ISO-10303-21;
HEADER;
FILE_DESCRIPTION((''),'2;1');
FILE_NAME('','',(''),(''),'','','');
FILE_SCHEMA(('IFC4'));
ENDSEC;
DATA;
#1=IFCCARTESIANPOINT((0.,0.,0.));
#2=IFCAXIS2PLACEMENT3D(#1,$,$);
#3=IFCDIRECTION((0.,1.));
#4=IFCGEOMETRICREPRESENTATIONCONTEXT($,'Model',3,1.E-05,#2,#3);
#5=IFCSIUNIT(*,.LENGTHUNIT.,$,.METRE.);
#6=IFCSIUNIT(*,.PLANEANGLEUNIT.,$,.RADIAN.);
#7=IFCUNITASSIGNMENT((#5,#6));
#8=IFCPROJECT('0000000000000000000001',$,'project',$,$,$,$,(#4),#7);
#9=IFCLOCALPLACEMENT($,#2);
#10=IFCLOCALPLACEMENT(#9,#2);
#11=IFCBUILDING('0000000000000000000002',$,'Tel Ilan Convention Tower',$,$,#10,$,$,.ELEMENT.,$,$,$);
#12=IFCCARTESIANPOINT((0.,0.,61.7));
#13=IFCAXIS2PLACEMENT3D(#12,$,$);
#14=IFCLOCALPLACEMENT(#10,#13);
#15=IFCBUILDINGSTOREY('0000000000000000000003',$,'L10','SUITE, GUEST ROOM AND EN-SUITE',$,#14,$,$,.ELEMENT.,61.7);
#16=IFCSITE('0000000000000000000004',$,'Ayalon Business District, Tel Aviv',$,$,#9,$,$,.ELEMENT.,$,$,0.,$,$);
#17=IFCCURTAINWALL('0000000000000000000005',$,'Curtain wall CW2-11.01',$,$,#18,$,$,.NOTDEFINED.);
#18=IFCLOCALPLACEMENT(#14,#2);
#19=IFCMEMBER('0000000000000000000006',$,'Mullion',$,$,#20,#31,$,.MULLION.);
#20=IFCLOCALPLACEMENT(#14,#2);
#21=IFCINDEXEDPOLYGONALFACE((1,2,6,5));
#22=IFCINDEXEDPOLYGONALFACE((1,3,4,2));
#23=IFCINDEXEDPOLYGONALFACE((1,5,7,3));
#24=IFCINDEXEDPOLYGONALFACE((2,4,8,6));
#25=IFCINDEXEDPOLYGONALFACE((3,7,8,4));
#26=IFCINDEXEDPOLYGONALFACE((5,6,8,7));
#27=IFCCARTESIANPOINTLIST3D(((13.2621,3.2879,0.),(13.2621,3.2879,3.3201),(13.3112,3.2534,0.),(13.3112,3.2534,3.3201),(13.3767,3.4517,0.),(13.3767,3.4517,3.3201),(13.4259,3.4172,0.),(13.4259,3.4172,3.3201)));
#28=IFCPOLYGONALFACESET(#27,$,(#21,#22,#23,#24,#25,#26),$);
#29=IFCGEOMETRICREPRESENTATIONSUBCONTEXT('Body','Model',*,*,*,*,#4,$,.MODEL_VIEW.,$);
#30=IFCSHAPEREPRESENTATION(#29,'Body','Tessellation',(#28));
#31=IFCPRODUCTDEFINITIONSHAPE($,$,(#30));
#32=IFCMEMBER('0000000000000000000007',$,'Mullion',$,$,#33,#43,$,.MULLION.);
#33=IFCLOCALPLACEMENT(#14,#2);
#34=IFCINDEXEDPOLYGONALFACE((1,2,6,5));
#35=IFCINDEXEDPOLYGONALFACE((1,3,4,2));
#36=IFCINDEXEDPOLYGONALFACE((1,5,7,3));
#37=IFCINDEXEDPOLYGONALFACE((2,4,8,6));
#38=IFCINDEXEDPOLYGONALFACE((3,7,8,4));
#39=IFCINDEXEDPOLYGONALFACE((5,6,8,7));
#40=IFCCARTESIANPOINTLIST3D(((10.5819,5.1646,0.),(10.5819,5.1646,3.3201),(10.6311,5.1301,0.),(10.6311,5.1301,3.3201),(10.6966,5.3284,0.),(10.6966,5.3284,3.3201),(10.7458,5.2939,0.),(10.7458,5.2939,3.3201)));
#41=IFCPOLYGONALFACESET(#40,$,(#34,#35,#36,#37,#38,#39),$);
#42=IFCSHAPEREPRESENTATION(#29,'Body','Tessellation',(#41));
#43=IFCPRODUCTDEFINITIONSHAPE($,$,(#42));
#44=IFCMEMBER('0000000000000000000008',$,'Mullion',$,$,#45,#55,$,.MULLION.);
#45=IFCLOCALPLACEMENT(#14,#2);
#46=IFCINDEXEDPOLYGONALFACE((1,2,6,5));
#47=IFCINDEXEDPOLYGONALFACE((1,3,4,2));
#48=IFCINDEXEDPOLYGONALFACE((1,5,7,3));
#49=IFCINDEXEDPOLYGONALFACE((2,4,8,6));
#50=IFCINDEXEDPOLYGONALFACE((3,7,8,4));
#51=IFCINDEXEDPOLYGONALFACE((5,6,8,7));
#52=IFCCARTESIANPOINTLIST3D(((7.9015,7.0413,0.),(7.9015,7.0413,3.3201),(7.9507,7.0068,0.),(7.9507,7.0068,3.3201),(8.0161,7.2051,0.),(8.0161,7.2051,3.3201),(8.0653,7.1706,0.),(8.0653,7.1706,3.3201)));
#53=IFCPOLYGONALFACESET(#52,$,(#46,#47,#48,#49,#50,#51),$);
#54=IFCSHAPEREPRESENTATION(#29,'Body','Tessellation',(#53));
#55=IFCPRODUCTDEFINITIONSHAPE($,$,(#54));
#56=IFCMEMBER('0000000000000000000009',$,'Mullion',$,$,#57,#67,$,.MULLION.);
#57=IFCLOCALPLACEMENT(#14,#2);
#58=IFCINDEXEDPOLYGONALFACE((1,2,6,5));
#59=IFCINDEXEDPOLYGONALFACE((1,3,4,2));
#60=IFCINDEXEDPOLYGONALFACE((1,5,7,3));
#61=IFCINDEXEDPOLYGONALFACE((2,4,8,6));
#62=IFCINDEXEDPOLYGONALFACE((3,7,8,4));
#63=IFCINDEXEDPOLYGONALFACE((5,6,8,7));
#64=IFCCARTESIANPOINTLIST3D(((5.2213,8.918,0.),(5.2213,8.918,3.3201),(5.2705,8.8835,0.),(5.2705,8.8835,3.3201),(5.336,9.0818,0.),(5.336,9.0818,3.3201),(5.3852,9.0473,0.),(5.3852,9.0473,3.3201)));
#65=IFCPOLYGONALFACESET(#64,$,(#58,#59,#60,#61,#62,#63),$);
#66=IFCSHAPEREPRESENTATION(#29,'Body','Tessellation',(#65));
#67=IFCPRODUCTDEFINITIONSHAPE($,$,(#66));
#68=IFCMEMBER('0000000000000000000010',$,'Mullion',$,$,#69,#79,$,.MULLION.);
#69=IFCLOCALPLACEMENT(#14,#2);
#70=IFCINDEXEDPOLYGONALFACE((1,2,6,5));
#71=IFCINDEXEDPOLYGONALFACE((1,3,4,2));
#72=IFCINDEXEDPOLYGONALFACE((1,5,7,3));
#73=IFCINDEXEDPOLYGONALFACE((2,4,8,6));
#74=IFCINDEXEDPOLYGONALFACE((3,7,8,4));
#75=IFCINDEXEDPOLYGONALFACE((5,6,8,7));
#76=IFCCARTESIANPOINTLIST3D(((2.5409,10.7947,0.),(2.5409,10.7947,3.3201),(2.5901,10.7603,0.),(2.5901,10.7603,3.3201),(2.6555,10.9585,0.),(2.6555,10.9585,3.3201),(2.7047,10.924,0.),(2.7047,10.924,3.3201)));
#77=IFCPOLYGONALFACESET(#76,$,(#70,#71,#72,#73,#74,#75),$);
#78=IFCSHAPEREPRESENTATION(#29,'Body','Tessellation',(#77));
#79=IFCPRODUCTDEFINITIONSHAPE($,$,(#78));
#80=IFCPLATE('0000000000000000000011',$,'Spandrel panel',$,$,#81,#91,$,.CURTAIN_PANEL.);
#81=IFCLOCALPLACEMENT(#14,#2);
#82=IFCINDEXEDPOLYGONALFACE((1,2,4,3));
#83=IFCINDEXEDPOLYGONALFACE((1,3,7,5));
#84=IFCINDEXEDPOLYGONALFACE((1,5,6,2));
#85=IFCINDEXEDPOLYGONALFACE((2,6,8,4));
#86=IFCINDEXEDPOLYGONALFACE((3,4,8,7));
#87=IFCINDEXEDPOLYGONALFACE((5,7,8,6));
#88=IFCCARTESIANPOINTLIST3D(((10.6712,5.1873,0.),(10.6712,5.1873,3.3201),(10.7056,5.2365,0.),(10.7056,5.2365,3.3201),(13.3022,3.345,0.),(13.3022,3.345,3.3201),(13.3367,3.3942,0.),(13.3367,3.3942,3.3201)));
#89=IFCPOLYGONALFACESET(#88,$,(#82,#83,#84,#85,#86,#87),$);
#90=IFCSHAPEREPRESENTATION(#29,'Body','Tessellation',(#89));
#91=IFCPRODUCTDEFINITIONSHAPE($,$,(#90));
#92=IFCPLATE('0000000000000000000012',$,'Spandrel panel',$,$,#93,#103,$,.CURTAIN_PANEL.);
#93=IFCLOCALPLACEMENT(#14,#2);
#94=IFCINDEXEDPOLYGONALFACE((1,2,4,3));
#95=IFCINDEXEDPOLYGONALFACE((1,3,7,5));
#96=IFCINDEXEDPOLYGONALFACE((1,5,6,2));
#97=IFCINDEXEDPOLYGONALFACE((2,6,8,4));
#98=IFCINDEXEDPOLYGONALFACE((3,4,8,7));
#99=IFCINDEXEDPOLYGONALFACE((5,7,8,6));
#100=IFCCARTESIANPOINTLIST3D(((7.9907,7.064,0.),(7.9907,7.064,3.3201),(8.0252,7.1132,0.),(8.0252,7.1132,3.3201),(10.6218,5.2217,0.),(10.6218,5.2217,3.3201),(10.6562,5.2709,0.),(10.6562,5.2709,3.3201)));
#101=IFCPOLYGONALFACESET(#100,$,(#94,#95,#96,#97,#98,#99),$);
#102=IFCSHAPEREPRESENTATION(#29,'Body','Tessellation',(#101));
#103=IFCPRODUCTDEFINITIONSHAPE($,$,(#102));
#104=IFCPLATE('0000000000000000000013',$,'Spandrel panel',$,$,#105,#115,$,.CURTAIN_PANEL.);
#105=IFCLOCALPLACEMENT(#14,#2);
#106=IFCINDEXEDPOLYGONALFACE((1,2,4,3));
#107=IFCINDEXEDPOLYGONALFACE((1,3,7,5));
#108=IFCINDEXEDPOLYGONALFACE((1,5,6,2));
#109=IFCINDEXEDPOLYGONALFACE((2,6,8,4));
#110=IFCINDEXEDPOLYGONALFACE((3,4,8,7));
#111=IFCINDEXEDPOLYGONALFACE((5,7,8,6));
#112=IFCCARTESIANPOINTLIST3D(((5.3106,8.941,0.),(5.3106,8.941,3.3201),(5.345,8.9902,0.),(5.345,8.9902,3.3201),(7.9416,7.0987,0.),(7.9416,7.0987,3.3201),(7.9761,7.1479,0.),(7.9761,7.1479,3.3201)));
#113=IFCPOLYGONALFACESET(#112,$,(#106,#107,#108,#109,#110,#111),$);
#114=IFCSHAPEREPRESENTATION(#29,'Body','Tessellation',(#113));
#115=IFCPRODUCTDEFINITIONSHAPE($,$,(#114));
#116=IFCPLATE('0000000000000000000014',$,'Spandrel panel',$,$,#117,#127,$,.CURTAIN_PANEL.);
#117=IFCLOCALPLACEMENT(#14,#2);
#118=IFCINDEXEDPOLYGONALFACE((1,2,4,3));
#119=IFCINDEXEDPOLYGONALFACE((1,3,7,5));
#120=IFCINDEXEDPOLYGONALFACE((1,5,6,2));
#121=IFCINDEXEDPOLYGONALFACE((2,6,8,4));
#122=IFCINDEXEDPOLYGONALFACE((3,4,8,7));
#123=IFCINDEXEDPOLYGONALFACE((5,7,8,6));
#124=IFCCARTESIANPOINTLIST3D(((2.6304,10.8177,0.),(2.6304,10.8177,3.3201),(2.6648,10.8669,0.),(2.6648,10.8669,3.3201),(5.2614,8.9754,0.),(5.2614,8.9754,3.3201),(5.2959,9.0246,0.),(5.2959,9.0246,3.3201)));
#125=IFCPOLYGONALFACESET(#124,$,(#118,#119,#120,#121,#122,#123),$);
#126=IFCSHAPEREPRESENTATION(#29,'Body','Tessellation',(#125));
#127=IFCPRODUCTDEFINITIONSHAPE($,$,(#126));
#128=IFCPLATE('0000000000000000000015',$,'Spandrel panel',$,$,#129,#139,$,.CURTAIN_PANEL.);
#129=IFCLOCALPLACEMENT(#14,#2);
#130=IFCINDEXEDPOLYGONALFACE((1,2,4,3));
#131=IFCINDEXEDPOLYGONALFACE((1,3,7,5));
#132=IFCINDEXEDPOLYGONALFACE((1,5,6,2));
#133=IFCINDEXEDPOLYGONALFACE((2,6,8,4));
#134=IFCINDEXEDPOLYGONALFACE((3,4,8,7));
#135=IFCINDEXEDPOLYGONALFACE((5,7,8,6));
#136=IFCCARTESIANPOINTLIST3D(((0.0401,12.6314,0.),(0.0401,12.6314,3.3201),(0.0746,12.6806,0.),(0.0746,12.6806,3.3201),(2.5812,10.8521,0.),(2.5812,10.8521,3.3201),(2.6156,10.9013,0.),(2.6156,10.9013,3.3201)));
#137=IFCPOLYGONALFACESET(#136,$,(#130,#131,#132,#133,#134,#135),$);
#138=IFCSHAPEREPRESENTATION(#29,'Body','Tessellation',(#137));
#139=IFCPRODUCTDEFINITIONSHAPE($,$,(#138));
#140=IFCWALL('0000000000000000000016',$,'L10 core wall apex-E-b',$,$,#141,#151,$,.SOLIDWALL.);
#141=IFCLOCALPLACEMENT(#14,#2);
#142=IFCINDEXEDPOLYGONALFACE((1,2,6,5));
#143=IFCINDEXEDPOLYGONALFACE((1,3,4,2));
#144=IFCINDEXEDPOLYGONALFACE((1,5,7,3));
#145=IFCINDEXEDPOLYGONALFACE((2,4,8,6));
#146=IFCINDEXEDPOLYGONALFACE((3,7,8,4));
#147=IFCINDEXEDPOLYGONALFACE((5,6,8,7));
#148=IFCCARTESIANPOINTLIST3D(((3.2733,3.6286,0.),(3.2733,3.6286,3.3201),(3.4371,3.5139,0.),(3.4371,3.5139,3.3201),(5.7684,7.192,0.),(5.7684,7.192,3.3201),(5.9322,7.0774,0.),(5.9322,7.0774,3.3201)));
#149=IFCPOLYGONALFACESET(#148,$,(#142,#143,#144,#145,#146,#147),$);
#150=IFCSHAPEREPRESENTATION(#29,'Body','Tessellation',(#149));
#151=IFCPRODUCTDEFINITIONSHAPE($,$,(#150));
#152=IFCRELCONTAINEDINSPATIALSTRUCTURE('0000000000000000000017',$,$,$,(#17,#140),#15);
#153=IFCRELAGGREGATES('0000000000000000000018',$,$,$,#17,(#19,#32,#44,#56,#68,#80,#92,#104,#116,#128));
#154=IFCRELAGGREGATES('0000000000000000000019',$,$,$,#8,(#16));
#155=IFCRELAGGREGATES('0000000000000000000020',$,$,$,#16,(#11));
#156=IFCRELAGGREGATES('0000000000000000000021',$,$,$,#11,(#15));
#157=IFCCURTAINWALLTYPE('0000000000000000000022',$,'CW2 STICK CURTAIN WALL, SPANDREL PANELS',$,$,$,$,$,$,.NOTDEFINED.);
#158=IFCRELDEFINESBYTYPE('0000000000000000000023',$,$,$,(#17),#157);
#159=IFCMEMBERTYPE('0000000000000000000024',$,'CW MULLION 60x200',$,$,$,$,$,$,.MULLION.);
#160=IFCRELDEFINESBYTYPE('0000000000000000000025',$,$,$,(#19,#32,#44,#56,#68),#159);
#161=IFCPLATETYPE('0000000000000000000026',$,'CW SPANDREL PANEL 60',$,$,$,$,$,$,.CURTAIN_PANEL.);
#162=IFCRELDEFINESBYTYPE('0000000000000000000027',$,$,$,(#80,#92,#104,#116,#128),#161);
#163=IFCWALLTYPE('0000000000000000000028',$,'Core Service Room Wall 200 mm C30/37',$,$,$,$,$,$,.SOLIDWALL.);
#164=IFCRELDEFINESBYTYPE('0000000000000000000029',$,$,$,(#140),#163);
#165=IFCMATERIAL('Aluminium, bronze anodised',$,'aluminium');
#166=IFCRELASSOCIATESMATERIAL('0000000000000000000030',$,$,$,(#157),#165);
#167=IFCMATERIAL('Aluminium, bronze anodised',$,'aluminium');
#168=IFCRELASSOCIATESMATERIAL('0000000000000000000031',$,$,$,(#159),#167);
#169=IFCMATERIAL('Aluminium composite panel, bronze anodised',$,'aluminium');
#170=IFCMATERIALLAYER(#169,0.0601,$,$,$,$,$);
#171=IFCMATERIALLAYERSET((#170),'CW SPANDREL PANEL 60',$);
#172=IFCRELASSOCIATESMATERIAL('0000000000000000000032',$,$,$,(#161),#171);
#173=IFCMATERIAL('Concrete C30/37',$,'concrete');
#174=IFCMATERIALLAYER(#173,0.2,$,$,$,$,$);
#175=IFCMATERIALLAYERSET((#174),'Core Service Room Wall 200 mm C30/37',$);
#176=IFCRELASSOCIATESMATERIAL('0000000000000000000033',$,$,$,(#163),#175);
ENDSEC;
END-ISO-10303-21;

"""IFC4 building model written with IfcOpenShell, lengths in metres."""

from ifc_helpers import new_model, si_unit, direction, frame, frame_2d, origin, origin_2d, place, context, subcontext, project, spatial, rectangle, extrude, material, layer, layer_set, material_profile, profile_set, type_object, element, aggregate, save


model = new_model("IFC4")

# Units and contexts
model_context = context("Model", 3, precision=1e-05, world=origin(), true_north=direction((0.0, 1.0)))
body_context = subcontext(model_context, "Body", "Model", "MODEL_VIEW")
ifc_project = project(units=[si_unit("LENGTHUNIT", "METRE"), si_unit("PLANEANGLEUNIT", "RADIAN")], contexts=[model_context])

# Site, building, storey
site_placement = place(None, origin())
site = spatial("IfcSite", under=ifc_project, at=site_placement, Name="Ayalon Business District, Tel Aviv", CompositionType="ELEMENT", RefElevation=0.0)
building_placement = place(site_placement, origin())
building = spatial("IfcBuilding", under=site, at=building_placement, Name="Tel Ilan Convention Tower", CompositionType="ELEMENT")
storey_placement = place(building_placement, frame((0.0, 0.0, 61.7)))
storey = spatial("IfcBuildingStorey", under=building, at=storey_placement, Name="L10", Description="SUITE, GUEST ROOM AND EN-SUITE", CompositionType="ELEMENT", Elevation=61.7)

# Curtain wall, members, plates
ifc_material_1 = material(Name="Aluminium, bronze anodised", Category="aluminium")
curtain_wall_type = type_object("IfcCurtainWallType", Name="CW2 STICK CURTAIN WALL, SPANDREL PANELS", PredefinedType="NOTDEFINED", material=ifc_material_1)
curtain_wall_placement = place(storey_placement, origin())
curtain_wall = element("IfcCurtainWall", 1, at=curtain_wall_placement, inside=storey, type_object=curtain_wall_type, Name="Curtain wall CW2-11.01", PredefinedType="NOTDEFINED")
ifc_material_2 = material(Name="Aluminium, bronze anodised", Category="aluminium")
ifc_material_profile = material_profile(ifc_material_2, rectangle(XDim=0.0601, YDim=0.2, at=origin_2d()), Name="CW MULLION 60x200")
ifc_profile_set = profile_set([ifc_material_profile], Name="Aluminium, bronze anodised")
member_type = type_object("IfcMemberType", Name="CW MULLION 60x200", PredefinedType="MULLION", material=ifc_profile_set)
member_1_placement = place(storey_placement, frame((13.344, 3.3525, 0.0), z_axis=(0.0, 0.0, 1.0), x_axis=(-0.819152, 0.573576, 0.0)))
member_1 = element("IfcMember", 2, at=member_1_placement, type_object=member_type, Name="Mullion", PredefinedType="MULLION", context=body_context, shape_type="SweptSolid", body=[
    extrude(rectangle(XDim=0.0601, YDim=0.2, at=origin_2d()), origin(), (0.0, 0.0, 1.0), 3.3201),
])
member_2_placement = place(storey_placement, frame((10.6638, 5.2292, 0.0), z_axis=(0.0, 0.0, 1.0), x_axis=(-0.819152, 0.573576, 0.0)))
member_2 = element("IfcMember", 3, at=member_2_placement, type_object=member_type, Name="Mullion", PredefinedType="MULLION", context=body_context, shape_type="SweptSolid", body=[
    extrude(rectangle(XDim=0.0601, YDim=0.2, at=origin_2d()), origin(), (0.0, 0.0, 1.0), 3.3201),
])
member_3_placement = place(storey_placement, frame((7.9834, 7.106, 0.0), z_axis=(0.0, 0.0, 1.0), x_axis=(-0.819152, 0.573576, 0.0)))
member_3 = element("IfcMember", 4, at=member_3_placement, type_object=member_type, Name="Mullion", PredefinedType="MULLION", context=body_context, shape_type="SweptSolid", body=[
    extrude(rectangle(XDim=0.0601, YDim=0.2, at=origin_2d()), origin(), (0.0, 0.0, 1.0), 3.3201),
])
member_4_placement = place(storey_placement, frame((5.3032, 8.9827, 0.0), z_axis=(0.0, 0.0, 1.0), x_axis=(-0.819152, 0.573576, 0.0)))
member_4 = element("IfcMember", 5, at=member_4_placement, type_object=member_type, Name="Mullion", PredefinedType="MULLION", context=body_context, shape_type="SweptSolid", body=[
    extrude(rectangle(XDim=0.0601, YDim=0.2, at=origin_2d()), origin(), (0.0, 0.0, 1.0), 3.3201),
])
member_5_placement = place(storey_placement, frame((2.6228, 10.8594, 0.0), z_axis=(0.0, 0.0, 1.0), x_axis=(-0.819152, 0.573576, 0.0)))
member_5 = element("IfcMember", 6, at=member_5_placement, type_object=member_type, Name="Mullion", PredefinedType="MULLION", context=body_context, shape_type="SweptSolid", body=[
    extrude(rectangle(XDim=0.0601, YDim=0.2, at=origin_2d()), origin(), (0.0, 0.0, 1.0), 3.3201),
])
ifc_material_3 = material(Name="Aluminium composite panel, bronze anodised", Category="aluminium")
ifc_layer_1 = layer(ifc_material_3, 0.0601)
ifc_layer_set_1 = layer_set([ifc_layer_1], Name="CW SPANDREL PANEL 60")
plate_type = type_object("IfcPlateType", Name="CW SPANDREL PANEL 60", PredefinedType="CURTAIN_PANEL", material=ifc_layer_set_1)
plate_1_placement = place(storey_placement, frame((12.0039, 4.2908, 0.0), z_axis=(0.0, 0.0, 1.0), x_axis=(-0.819152, 0.573576, 0.0)))
plate_1 = element("IfcPlate", 7, at=plate_1_placement, type_object=plate_type, Name="Spandrel panel", PredefinedType="CURTAIN_PANEL", context=body_context, shape_type="SweptSolid", body=[
    extrude(rectangle(XDim=3.2119, YDim=0.0601, at=origin_2d()), origin(), (0.0, 0.0, 1.0), 3.3201),
])
plate_2_placement = place(storey_placement, frame((9.3235, 6.1675, 0.0), z_axis=(0.0, 0.0, 1.0), x_axis=(-0.819152, 0.573576, 0.0)))
plate_2 = element("IfcPlate", 8, at=plate_2_placement, type_object=plate_type, Name="Spandrel panel", PredefinedType="CURTAIN_PANEL", context=body_context, shape_type="SweptSolid", body=[
    extrude(rectangle(XDim=3.2119, YDim=0.0601, at=origin_2d()), origin(), (0.0, 0.0, 1.0), 3.3201),
])
plate_3_placement = place(storey_placement, frame((6.6433, 8.0444, 0.0), z_axis=(0.0, 0.0, 1.0), x_axis=(-0.819152, 0.573576, 0.0)))
plate_3 = element("IfcPlate", 9, at=plate_3_placement, type_object=plate_type, Name="Spandrel panel", PredefinedType="CURTAIN_PANEL", context=body_context, shape_type="SweptSolid", body=[
    extrude(rectangle(XDim=3.2119, YDim=0.0601, at=origin_2d()), origin(), (0.0, 0.0, 1.0), 3.3201),
])
plate_4_placement = place(storey_placement, frame((3.9631, 9.9211, 0.0), z_axis=(0.0, 0.0, 1.0), x_axis=(-0.819152, 0.573576, 0.0)))
plate_4 = element("IfcPlate", 10, at=plate_4_placement, type_object=plate_type, Name="Spandrel panel", PredefinedType="CURTAIN_PANEL", context=body_context, shape_type="SweptSolid", body=[
    extrude(rectangle(XDim=3.2119, YDim=0.0601, at=origin_2d()), origin(), (0.0, 0.0, 1.0), 3.3201),
])
plate_5_placement = place(storey_placement, frame((1.3279, 11.7664, 0.0), z_axis=(0.0, 0.0, 1.0), x_axis=(-0.819152, 0.573576, 0.0)))
plate_5 = element("IfcPlate", 11, at=plate_5_placement, type_object=plate_type, Name="Spandrel panel", PredefinedType="CURTAIN_PANEL", context=body_context, shape_type="SweptSolid", body=[
    extrude(rectangle(XDim=3.1021, YDim=0.0601, at=origin_2d()), origin(), (0.0, 0.0, 1.0), 3.3201),
])
aggregate(curtain_wall, [member_1, member_2, member_3, member_4, member_5, plate_1, plate_2, plate_3, plate_4, plate_5])

# Wall
ifc_material_4 = material(Name="Concrete C30/37", Category="concrete")
ifc_layer_2 = layer(ifc_material_4, 0.2)
ifc_layer_set_2 = layer_set([ifc_layer_2], Name="Core Service Room Wall 200 mm C30/37")
wall_type_1 = type_object("IfcWallType", Name="Core Service Room Wall 200 mm C30/37", PredefinedType="SOLIDWALL", material=ifc_layer_set_2)
wall_1_placement = place(storey_placement, frame((3.3552, 3.5713, 0.0), z_axis=(0.0, 0.0, 1.0), x_axis=(0.573568, 0.819158, 0.0)))
element("IfcWall", 12, at=wall_1_placement, inside=storey, type_object=wall_type_1, Name="L10 core wall apex-E-b", PredefinedType="SOLIDWALL", context=body_context, shape_type="SweptSolid", body=[
    extrude(rectangle(XDim=4.3501, YDim=0.2, at=frame_2d((2.175, 0.0))), origin(), (0.0, 0.0, 1.0), 3.3201),
])

save(model, "model.ifc")
